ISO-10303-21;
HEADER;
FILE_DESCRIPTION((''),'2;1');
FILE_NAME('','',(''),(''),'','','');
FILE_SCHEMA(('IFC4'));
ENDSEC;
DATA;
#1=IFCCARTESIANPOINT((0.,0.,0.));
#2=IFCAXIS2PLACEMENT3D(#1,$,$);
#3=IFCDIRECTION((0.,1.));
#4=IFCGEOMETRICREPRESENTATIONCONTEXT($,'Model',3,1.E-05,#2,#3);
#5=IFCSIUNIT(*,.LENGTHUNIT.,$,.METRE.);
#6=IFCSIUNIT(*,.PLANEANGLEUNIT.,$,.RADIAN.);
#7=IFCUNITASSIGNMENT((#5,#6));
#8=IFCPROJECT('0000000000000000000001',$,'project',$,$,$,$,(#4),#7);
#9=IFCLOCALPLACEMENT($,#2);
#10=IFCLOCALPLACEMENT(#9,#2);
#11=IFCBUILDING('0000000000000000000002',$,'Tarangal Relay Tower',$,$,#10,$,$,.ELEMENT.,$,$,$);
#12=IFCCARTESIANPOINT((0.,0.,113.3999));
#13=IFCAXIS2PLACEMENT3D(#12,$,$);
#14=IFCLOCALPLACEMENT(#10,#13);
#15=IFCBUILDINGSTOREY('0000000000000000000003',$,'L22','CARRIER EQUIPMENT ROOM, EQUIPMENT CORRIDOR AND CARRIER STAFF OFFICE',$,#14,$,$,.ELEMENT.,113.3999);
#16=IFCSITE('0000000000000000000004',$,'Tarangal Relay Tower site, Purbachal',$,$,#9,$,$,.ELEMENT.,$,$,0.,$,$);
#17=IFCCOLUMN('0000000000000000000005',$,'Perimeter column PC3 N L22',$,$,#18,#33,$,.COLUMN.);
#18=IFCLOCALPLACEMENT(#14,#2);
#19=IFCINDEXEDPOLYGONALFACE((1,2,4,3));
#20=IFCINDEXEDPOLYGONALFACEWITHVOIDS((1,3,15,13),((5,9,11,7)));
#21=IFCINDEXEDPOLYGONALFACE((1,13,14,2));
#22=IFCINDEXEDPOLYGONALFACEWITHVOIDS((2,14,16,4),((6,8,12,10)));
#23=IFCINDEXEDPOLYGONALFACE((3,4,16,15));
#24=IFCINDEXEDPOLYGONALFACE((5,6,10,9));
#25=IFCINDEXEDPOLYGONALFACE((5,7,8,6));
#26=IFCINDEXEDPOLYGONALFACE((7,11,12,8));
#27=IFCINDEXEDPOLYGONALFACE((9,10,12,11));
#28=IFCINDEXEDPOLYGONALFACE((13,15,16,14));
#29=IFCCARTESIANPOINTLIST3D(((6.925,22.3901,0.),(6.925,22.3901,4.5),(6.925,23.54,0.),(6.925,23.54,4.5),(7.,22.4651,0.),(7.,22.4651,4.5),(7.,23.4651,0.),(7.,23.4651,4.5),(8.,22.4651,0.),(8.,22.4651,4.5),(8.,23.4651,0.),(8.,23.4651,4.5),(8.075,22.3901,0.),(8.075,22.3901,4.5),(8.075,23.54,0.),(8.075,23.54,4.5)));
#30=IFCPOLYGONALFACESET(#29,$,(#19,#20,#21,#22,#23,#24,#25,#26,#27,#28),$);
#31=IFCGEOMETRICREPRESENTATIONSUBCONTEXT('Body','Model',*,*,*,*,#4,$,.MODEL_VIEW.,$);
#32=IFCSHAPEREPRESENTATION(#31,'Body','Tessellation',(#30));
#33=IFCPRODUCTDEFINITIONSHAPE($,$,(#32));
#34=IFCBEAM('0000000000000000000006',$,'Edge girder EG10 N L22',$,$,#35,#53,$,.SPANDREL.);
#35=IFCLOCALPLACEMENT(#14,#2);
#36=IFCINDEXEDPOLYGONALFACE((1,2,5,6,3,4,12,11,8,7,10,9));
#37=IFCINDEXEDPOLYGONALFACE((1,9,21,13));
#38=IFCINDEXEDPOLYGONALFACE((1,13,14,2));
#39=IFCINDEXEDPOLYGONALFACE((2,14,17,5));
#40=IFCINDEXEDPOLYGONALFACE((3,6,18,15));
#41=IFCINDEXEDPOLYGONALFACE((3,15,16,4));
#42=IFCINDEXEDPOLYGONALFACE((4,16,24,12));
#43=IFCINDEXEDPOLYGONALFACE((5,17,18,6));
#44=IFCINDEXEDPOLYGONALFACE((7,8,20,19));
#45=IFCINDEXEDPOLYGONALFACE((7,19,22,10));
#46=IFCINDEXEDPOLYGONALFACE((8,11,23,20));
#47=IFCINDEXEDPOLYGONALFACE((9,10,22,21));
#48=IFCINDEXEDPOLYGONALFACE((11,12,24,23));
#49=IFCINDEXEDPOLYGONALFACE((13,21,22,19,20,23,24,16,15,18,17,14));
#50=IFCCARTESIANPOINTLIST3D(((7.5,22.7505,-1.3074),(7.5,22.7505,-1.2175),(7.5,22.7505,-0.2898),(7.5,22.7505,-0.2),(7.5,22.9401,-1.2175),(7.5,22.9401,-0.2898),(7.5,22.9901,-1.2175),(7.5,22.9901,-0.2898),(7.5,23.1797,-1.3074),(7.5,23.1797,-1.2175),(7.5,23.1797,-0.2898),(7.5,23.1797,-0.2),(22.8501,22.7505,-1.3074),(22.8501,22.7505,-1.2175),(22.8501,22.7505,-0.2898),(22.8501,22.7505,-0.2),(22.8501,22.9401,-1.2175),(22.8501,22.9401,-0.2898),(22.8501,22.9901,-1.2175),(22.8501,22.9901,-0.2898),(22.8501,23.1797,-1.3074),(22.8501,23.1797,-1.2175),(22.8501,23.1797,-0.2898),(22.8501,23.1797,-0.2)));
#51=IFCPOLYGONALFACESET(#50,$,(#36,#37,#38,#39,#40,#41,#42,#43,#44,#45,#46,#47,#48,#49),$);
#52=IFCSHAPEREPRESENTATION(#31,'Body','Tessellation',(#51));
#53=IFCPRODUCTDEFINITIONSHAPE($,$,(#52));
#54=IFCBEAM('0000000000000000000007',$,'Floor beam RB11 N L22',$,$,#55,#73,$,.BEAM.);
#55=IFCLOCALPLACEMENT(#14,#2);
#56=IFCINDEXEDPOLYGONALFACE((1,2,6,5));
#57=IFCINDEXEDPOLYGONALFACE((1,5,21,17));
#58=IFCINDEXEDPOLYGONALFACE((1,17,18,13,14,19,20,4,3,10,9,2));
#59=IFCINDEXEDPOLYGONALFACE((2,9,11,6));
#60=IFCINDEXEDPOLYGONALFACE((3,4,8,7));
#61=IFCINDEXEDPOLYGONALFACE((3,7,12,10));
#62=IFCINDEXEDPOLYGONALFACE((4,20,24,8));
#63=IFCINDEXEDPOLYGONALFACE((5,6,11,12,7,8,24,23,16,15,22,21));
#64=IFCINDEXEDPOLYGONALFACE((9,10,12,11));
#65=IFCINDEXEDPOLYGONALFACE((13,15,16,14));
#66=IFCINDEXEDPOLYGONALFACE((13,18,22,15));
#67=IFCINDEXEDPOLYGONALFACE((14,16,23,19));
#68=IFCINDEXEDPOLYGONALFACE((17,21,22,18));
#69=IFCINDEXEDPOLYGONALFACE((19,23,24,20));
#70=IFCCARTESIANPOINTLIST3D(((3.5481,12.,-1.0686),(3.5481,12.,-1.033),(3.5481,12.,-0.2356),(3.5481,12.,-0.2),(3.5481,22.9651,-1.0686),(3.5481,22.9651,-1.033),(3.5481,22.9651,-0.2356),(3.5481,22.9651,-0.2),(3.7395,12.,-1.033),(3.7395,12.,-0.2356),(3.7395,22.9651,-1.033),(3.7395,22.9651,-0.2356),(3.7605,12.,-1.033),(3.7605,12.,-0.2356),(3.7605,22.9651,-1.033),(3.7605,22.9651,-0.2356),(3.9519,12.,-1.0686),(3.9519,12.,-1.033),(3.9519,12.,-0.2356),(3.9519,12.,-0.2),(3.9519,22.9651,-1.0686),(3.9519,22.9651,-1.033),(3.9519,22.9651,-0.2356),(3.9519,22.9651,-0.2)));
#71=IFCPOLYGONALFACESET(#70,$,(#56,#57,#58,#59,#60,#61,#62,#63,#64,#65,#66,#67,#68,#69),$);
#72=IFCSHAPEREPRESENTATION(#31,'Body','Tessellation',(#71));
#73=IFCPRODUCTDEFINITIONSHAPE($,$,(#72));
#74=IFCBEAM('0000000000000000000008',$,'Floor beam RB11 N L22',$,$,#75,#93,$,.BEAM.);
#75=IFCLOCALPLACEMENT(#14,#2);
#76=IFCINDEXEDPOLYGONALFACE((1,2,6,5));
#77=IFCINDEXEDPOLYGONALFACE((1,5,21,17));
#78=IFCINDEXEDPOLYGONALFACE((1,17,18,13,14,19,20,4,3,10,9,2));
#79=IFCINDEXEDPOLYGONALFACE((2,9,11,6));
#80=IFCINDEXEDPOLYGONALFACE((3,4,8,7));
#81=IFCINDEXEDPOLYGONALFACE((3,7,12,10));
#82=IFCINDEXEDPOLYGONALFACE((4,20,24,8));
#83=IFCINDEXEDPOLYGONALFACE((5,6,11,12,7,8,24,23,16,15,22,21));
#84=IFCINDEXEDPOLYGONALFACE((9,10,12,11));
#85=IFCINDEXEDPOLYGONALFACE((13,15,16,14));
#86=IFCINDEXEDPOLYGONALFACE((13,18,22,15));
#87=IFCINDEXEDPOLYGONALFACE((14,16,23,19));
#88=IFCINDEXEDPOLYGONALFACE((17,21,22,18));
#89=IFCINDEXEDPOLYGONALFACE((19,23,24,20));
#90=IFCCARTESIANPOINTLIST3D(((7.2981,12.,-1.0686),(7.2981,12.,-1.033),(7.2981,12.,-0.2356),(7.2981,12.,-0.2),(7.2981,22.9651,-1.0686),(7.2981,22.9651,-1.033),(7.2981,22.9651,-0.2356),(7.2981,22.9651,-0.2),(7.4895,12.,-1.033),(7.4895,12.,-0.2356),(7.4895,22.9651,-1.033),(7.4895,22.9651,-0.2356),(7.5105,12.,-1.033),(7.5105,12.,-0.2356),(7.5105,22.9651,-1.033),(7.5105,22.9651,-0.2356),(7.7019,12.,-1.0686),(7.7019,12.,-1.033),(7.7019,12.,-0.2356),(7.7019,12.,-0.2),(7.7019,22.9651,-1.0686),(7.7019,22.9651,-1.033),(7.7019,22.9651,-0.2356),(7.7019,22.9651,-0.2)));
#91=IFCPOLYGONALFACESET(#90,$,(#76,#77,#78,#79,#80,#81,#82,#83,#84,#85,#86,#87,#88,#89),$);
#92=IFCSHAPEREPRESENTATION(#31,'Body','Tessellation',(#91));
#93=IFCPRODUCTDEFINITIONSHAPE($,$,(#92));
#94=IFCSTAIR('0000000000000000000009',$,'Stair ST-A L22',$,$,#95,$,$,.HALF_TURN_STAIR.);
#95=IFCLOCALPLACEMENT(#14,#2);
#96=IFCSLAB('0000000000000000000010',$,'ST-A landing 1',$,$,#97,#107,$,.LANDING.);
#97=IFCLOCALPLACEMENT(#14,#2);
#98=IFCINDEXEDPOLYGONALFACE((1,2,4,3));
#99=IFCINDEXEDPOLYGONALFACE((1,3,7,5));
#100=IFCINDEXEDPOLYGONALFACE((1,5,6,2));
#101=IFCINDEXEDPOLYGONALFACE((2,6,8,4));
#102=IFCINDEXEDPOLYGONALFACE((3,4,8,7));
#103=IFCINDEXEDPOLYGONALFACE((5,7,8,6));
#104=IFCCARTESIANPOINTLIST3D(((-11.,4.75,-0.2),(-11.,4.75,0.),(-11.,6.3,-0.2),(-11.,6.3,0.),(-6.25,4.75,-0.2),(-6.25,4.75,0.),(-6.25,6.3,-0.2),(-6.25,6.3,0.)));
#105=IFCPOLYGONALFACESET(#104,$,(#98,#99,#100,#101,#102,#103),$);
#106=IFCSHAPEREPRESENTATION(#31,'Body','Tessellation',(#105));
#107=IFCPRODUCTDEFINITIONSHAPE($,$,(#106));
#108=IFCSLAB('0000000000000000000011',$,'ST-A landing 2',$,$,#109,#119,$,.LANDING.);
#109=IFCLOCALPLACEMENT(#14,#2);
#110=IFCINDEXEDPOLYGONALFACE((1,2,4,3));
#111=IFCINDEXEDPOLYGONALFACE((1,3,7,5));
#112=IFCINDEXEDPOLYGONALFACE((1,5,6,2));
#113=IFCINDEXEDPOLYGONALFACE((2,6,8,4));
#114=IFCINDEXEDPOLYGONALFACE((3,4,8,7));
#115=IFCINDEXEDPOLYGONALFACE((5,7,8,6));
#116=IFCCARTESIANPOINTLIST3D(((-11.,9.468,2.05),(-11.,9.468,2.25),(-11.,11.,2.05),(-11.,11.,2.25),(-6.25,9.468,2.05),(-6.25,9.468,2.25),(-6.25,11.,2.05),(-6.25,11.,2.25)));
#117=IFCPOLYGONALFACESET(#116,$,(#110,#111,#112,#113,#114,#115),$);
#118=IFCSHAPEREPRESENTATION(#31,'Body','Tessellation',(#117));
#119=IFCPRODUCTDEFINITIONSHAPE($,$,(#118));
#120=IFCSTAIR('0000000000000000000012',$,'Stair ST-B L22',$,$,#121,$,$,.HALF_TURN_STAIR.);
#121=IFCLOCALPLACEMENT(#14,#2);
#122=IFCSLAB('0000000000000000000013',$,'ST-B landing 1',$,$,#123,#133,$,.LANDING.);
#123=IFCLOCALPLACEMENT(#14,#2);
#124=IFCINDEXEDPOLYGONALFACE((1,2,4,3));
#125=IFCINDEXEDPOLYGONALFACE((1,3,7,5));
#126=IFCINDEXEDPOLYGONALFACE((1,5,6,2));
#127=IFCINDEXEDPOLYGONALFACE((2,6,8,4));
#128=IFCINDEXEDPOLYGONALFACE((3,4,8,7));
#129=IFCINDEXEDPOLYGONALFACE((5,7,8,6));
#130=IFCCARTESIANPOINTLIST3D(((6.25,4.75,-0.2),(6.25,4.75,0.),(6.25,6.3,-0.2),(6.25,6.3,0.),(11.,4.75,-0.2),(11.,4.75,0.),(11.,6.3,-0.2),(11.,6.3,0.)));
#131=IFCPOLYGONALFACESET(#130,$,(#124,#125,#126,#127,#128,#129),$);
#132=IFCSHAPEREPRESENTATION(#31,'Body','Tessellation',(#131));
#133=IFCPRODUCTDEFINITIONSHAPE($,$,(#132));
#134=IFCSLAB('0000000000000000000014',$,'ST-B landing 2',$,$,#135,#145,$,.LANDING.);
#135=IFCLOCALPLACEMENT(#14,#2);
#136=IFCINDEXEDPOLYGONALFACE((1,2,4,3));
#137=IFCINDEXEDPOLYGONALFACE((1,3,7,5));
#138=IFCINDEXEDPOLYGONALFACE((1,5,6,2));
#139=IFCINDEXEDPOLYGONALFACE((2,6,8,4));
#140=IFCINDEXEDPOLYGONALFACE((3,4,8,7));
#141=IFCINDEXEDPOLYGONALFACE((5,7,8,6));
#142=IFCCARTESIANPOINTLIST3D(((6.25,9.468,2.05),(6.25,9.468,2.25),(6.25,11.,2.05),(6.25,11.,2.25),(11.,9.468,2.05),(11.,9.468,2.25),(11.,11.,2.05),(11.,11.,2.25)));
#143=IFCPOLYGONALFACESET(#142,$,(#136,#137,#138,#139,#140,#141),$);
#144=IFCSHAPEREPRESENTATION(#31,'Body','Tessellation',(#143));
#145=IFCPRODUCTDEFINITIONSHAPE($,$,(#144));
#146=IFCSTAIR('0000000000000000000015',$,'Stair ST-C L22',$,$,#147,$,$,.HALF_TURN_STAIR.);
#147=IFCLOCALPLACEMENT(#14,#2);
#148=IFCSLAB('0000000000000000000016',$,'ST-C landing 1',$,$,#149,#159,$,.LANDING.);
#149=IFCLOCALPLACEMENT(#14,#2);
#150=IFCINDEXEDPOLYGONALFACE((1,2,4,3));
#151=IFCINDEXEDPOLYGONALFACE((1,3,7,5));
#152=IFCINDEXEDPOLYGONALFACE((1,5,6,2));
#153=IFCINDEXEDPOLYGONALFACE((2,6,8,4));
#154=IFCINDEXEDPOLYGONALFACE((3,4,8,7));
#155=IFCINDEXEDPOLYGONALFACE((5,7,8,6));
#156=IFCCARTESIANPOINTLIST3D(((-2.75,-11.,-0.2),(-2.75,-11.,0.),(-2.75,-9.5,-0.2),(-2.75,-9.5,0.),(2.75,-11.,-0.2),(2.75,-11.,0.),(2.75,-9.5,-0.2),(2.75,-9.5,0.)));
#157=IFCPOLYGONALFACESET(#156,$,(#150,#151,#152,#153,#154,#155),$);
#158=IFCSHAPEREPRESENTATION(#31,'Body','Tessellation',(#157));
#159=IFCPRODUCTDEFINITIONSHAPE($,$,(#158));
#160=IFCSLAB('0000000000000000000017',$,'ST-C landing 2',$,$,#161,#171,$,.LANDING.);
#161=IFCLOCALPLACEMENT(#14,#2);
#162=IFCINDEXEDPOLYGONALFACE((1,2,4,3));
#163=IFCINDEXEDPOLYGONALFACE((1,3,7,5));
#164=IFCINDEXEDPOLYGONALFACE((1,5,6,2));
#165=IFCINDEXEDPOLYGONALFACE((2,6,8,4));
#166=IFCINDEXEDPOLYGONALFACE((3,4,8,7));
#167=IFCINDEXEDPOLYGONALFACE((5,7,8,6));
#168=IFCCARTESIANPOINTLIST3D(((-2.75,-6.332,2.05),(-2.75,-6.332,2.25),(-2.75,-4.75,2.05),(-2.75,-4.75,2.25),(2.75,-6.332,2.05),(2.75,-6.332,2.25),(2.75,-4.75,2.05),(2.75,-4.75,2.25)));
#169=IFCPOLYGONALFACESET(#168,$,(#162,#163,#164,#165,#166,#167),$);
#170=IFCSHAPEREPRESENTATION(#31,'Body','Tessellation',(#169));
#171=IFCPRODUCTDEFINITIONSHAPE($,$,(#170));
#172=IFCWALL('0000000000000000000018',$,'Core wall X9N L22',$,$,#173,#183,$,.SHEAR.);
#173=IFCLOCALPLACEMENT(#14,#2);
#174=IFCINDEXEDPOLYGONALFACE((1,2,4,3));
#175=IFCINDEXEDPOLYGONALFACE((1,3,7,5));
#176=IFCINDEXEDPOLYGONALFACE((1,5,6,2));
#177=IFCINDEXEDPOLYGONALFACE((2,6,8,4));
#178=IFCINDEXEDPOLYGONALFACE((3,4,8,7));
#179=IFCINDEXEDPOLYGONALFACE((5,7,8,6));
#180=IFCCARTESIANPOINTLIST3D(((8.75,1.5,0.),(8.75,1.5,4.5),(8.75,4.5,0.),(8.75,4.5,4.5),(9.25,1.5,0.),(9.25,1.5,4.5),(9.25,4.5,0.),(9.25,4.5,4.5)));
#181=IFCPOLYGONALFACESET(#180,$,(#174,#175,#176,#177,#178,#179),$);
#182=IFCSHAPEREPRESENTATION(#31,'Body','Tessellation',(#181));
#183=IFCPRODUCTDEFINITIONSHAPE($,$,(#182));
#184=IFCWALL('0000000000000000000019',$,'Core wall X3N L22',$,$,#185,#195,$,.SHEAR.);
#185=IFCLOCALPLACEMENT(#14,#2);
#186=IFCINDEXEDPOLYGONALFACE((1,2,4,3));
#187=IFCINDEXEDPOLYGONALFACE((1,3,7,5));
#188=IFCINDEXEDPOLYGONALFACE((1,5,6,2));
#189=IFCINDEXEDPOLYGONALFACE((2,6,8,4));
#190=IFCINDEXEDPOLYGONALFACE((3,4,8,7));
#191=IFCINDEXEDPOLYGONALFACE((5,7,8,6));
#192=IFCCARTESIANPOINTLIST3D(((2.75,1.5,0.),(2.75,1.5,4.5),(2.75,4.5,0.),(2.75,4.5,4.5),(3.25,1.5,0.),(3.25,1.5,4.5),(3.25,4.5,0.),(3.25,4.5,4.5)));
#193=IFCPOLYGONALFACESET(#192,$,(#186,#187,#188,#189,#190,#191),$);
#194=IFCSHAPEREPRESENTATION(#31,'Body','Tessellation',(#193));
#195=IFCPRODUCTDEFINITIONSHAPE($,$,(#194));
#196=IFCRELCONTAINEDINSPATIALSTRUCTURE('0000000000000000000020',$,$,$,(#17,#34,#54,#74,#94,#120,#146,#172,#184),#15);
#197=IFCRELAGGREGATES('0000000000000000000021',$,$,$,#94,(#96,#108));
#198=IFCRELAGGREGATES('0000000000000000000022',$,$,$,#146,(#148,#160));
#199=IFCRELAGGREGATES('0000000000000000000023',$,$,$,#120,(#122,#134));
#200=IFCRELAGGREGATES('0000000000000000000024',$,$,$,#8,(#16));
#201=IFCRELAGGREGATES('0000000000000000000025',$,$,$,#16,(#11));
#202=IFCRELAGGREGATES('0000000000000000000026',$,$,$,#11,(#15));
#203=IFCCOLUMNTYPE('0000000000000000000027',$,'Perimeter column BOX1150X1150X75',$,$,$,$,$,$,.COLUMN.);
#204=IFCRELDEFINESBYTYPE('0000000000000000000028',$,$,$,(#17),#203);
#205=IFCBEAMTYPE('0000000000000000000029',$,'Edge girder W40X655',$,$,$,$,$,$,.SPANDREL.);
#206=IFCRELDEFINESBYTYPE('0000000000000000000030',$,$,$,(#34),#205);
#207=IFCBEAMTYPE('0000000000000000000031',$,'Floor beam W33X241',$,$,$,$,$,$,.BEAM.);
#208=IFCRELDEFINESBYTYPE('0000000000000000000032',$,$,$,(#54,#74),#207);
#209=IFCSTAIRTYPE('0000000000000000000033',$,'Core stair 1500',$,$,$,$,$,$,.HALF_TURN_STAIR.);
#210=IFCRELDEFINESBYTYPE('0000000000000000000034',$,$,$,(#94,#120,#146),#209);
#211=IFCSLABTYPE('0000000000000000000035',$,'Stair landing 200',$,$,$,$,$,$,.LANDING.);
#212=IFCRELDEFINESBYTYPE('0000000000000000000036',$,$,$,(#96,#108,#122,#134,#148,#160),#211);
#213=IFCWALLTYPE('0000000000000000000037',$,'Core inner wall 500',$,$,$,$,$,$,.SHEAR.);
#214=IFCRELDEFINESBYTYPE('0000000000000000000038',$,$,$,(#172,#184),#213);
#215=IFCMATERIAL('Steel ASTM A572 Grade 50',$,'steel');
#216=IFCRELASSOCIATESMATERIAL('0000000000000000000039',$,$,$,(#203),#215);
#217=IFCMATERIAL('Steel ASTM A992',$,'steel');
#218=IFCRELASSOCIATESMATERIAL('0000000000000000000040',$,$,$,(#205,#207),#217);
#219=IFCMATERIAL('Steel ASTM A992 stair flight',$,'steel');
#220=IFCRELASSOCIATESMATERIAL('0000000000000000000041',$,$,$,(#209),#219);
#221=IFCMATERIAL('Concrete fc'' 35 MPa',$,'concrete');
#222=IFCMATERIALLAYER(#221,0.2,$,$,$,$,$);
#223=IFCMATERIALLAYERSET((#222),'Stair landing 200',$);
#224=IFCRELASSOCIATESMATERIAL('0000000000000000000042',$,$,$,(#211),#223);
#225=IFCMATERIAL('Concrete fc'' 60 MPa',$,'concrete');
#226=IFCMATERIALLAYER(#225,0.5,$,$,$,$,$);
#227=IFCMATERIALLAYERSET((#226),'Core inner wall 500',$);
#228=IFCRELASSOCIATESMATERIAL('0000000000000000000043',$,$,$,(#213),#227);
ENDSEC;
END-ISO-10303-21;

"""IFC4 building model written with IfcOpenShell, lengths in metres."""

from ifc_helpers import new_model, si_unit, direction, frame, frame_2d, origin, origin_2d, place, context, subcontext, project, spatial, polyline, rectangle, hollow_rectangle, i_section, outline, extrude, material, layer, layer_set, material_profile, profile_set, type_object, element, aggregate, save


model = new_model("IFC4")

# Units and contexts
model_context = context("Model", 3, precision=1e-05, world=origin(), true_north=direction((0.0, 1.0)))
body_context = subcontext(model_context, "Body", "Model", "MODEL_VIEW")
ifc_project = project(units=[si_unit("LENGTHUNIT", "METRE"), si_unit("PLANEANGLEUNIT", "RADIAN")], contexts=[model_context])

# Site, building, storey
site_placement = place(None, origin())
site = spatial("IfcSite", under=ifc_project, at=site_placement, Name="Tarangal Relay Tower site, Purbachal", CompositionType="ELEMENT", RefElevation=0.0)
building_placement = place(site_placement, origin())
building = spatial("IfcBuilding", under=site, at=building_placement, Name="Tarangal Relay Tower", CompositionType="ELEMENT")
storey_placement = place(building_placement, frame((0.0, 0.0, 113.3999)))
storey = spatial("IfcBuildingStorey", under=building, at=storey_placement, Name="L22", Description="CARRIER EQUIPMENT ROOM, EQUIPMENT CORRIDOR AND CARRIER STAFF OFFICE", CompositionType="ELEMENT", Elevation=113.3999)

# Column
ifc_material_1 = material(Name="Steel ASTM A572 Grade 50", Category="steel")
ifc_material_profile_1 = material_profile(ifc_material_1, hollow_rectangle(XDim=1.1499, YDim=1.1499, WallThickness=0.075, at=origin_2d()), Name="BOX1150X1150X75")
ifc_profile_set_1 = profile_set([ifc_material_profile_1], Name="Steel ASTM A572 Grade 50")
column_type = type_object("IfcColumnType", Name="Perimeter column BOX1150X1150X75", PredefinedType="COLUMN", material=ifc_profile_set_1)
column_placement = place(storey_placement, frame((7.5, 22.9651, 0.0), z_axis=(0.0, 0.0, 1.0), x_axis=(1.0, 0.0, 0.0)))
element("IfcColumn", 1, at=column_placement, inside=storey, type_object=column_type, Name="Perimeter column PC3 N L22", PredefinedType="COLUMN", context=body_context, shape_type="SweptSolid", body=[
    extrude(hollow_rectangle(XDim=1.1499, YDim=1.1499, WallThickness=0.075, at=origin_2d()), origin(), (0.0, 0.0, 1.0), 4.5),
])

# Beams
ifc_material_2 = material(Name="Steel ASTM A992", Category="steel")
ifc_material_profile_2 = material_profile(ifc_material_2, i_section(OverallWidth=0.4292, OverallDepth=1.1074, WebThickness=0.05, FlangeThickness=0.0898, at=origin_2d()), Name="W40X655")
ifc_profile_set_2 = profile_set([ifc_material_profile_2], Name="Steel ASTM A992")
beam_type_1 = type_object("IfcBeamType", Name="Edge girder W40X655", PredefinedType="SPANDREL", material=ifc_profile_set_2)
beam_placement = place(storey_placement, frame((7.5, 22.9651, -0.7537), z_axis=(1.0, 0.0, 0.0), x_axis=(0.0, 1.0, 0.0)))
element("IfcBeam", 2, at=beam_placement, inside=storey, type_object=beam_type_1, Name="Edge girder EG10 N L22", PredefinedType="SPANDREL", context=body_context, shape_type="SweptSolid", body=[
    extrude(i_section(OverallWidth=0.4292, OverallDepth=1.1074, WebThickness=0.05, FlangeThickness=0.0898, at=origin_2d()), origin(), (0.0, 0.0, 1.0), 15.3501),
])
ifc_material_profile_3 = material_profile(ifc_material_2, i_section(OverallWidth=0.4038, OverallDepth=0.8687, WebThickness=0.021, FlangeThickness=0.0356, at=origin_2d()), Name="W33X241")
ifc_profile_set_3 = profile_set([ifc_material_profile_3], Name="Steel ASTM A992")
beam_type_2 = type_object("IfcBeamType", Name="Floor beam W33X241", PredefinedType="BEAM", material=ifc_profile_set_3)
for number, where, z_axis, x_axis, name in (
    (3, (3.75, 12.0, -0.6343), (0.0, 1.0, 0.0), (-1.0, 0.0, 0.0), "Floor beam RB11 N L22"),
    (4, (7.5, 12.0, -0.6343), (0.0, 1.0, 0.0), (-1.0, 0.0, 0.0), "Floor beam RB11 N L22"),
):
    element("IfcBeam", number, at=place(storey_placement, frame(where, z_axis=z_axis, x_axis=x_axis)), inside=storey, type_object=beam_type_2, Name=name, PredefinedType="BEAM", context=body_context, shape_type="SweptSolid", body=[
        extrude(i_section(OverallWidth=0.4038, OverallDepth=0.8687, WebThickness=0.021, FlangeThickness=0.0356, at=origin_2d()), origin(), (0.0, 0.0, 1.0), 10.9651),
    ])

# Stairs, slabs
ifc_material_3 = material(Name="Steel ASTM A992 stair flight", Category="steel")
stair_type = type_object("IfcStairType", Name="Core stair 1500", PredefinedType="HALF_TURN_STAIR", material=ifc_material_3)
stair_1_placement = place(storey_placement, origin())
stair_1 = element("IfcStair", 5, at=stair_1_placement, inside=storey, type_object=stair_type, Name="Stair ST-A L22", PredefinedType="HALF_TURN_STAIR")
ifc_material_4 = material(Name="Concrete fc' 35 MPa", Category="concrete")
ifc_layer_1 = layer(ifc_material_4, 0.2)
ifc_layer_set_1 = layer_set([ifc_layer_1], Name="Stair landing 200")
slab_type = type_object("IfcSlabType", Name="Stair landing 200", PredefinedType="LANDING", material=ifc_layer_set_1)
slab_1_placement = place(storey_placement, frame((0.0, 0.0, -0.2)))
slab_1 = element("IfcSlab", 6, at=slab_1_placement, type_object=slab_type, Name="ST-A landing 1", PredefinedType="LANDING", context=body_context, shape_type="SweptSolid", body=[
    extrude(outline(polyline([(-11.0, 4.75), (-6.25, 4.75), (-6.25, 6.3), (-11.0, 6.3), (-11.0, 4.75)])), origin(), (0.0, 0.0, 1.0), 0.2),
])
slab_2_placement = place(storey_placement, frame((0.0, 0.0, 2.05)))
slab_2 = element("IfcSlab", 7, at=slab_2_placement, type_object=slab_type, Name="ST-A landing 2", PredefinedType="LANDING", context=body_context, shape_type="SweptSolid", body=[
    extrude(outline(polyline([(-11.0, 9.468), (-6.25, 9.468), (-6.25, 11.0), (-11.0, 11.0), (-11.0, 9.468)])), origin(), (0.0, 0.0, 1.0), 0.2),
])
aggregate(stair_1, [slab_1, slab_2])
stair_2_placement = place(storey_placement, origin())
stair_2 = element("IfcStair", 8, at=stair_2_placement, inside=storey, type_object=stair_type, Name="Stair ST-B L22", PredefinedType="HALF_TURN_STAIR")
slab_3_placement = place(storey_placement, frame((0.0, 0.0, -0.2)))
slab_3 = element("IfcSlab", 9, at=slab_3_placement, type_object=slab_type, Name="ST-B landing 1", PredefinedType="LANDING", context=body_context, shape_type="SweptSolid", body=[
    extrude(outline(polyline([(6.25, 4.75), (11.0, 4.75), (11.0, 6.3), (6.25, 6.3), (6.25, 4.75)])), origin(), (0.0, 0.0, 1.0), 0.2),
])
slab_4_placement = place(storey_placement, frame((0.0, 0.0, 2.05)))
slab_4 = element("IfcSlab", 10, at=slab_4_placement, type_object=slab_type, Name="ST-B landing 2", PredefinedType="LANDING", context=body_context, shape_type="SweptSolid", body=[
    extrude(outline(polyline([(6.25, 9.468), (11.0, 9.468), (11.0, 11.0), (6.25, 11.0), (6.25, 9.468)])), origin(), (0.0, 0.0, 1.0), 0.2),
])
stair_3_placement = place(storey_placement, origin())
stair_3 = element("IfcStair", 11, at=stair_3_placement, inside=storey, type_object=stair_type, Name="Stair ST-C L22", PredefinedType="HALF_TURN_STAIR")
slab_5_placement = place(storey_placement, frame((0.0, 0.0, -0.2)))
slab_5 = element("IfcSlab", 12, at=slab_5_placement, type_object=slab_type, Name="ST-C landing 1", PredefinedType="LANDING", context=body_context, shape_type="SweptSolid", body=[
    extrude(outline(polyline([(-2.75, -11.0), (2.75, -11.0), (2.75, -9.5), (-2.75, -9.5), (-2.75, -11.0)])), origin(), (0.0, 0.0, 1.0), 0.2),
])
slab_6_placement = place(storey_placement, frame((0.0, 0.0, 2.05)))
slab_6 = element("IfcSlab", 13, at=slab_6_placement, type_object=slab_type, Name="ST-C landing 2", PredefinedType="LANDING", context=body_context, shape_type="SweptSolid", body=[
    extrude(outline(polyline([(-2.75, -6.332), (2.75, -6.332), (2.75, -4.75), (-2.75, -4.75), (-2.75, -6.332)])), origin(), (0.0, 0.0, 1.0), 0.2),
])
aggregate(stair_3, [slab_5, slab_6])

# Walls
ifc_material_5 = material(Name="Concrete fc' 60 MPa", Category="concrete")
ifc_layer_2 = layer(ifc_material_5, 0.5)
ifc_layer_set_2 = layer_set([ifc_layer_2], Name="Core inner wall 500")
wall_type_1 = type_object("IfcWallType", Name="Core inner wall 500", PredefinedType="SHEAR", material=ifc_layer_set_2)
for number, where, z_axis, x_axis, name in (
    (14, (9.0, 1.5, 0.0), (0.0, 0.0, 1.0), (0.0, 1.0, 0.0), "Core wall X9N L22"),
    (15, (3.0, 1.5, 0.0), (0.0, 0.0, 1.0), (0.0, 1.0, 0.0), "Core wall X3N L22"),
):
    element("IfcWall", number, at=place(storey_placement, frame(where, z_axis=z_axis, x_axis=x_axis)), inside=storey, type_object=wall_type_1, Name=name, PredefinedType="SHEAR", context=body_context, shape_type="SweptSolid", body=[
        extrude(rectangle(XDim=3.0, YDim=0.5, at=frame_2d((1.5, 0.0))), origin(), (0.0, 0.0, 1.0), 4.5),
    ])

aggregate(stair_2, [slab_3, slab_4])

save(model, "model.ifc")
